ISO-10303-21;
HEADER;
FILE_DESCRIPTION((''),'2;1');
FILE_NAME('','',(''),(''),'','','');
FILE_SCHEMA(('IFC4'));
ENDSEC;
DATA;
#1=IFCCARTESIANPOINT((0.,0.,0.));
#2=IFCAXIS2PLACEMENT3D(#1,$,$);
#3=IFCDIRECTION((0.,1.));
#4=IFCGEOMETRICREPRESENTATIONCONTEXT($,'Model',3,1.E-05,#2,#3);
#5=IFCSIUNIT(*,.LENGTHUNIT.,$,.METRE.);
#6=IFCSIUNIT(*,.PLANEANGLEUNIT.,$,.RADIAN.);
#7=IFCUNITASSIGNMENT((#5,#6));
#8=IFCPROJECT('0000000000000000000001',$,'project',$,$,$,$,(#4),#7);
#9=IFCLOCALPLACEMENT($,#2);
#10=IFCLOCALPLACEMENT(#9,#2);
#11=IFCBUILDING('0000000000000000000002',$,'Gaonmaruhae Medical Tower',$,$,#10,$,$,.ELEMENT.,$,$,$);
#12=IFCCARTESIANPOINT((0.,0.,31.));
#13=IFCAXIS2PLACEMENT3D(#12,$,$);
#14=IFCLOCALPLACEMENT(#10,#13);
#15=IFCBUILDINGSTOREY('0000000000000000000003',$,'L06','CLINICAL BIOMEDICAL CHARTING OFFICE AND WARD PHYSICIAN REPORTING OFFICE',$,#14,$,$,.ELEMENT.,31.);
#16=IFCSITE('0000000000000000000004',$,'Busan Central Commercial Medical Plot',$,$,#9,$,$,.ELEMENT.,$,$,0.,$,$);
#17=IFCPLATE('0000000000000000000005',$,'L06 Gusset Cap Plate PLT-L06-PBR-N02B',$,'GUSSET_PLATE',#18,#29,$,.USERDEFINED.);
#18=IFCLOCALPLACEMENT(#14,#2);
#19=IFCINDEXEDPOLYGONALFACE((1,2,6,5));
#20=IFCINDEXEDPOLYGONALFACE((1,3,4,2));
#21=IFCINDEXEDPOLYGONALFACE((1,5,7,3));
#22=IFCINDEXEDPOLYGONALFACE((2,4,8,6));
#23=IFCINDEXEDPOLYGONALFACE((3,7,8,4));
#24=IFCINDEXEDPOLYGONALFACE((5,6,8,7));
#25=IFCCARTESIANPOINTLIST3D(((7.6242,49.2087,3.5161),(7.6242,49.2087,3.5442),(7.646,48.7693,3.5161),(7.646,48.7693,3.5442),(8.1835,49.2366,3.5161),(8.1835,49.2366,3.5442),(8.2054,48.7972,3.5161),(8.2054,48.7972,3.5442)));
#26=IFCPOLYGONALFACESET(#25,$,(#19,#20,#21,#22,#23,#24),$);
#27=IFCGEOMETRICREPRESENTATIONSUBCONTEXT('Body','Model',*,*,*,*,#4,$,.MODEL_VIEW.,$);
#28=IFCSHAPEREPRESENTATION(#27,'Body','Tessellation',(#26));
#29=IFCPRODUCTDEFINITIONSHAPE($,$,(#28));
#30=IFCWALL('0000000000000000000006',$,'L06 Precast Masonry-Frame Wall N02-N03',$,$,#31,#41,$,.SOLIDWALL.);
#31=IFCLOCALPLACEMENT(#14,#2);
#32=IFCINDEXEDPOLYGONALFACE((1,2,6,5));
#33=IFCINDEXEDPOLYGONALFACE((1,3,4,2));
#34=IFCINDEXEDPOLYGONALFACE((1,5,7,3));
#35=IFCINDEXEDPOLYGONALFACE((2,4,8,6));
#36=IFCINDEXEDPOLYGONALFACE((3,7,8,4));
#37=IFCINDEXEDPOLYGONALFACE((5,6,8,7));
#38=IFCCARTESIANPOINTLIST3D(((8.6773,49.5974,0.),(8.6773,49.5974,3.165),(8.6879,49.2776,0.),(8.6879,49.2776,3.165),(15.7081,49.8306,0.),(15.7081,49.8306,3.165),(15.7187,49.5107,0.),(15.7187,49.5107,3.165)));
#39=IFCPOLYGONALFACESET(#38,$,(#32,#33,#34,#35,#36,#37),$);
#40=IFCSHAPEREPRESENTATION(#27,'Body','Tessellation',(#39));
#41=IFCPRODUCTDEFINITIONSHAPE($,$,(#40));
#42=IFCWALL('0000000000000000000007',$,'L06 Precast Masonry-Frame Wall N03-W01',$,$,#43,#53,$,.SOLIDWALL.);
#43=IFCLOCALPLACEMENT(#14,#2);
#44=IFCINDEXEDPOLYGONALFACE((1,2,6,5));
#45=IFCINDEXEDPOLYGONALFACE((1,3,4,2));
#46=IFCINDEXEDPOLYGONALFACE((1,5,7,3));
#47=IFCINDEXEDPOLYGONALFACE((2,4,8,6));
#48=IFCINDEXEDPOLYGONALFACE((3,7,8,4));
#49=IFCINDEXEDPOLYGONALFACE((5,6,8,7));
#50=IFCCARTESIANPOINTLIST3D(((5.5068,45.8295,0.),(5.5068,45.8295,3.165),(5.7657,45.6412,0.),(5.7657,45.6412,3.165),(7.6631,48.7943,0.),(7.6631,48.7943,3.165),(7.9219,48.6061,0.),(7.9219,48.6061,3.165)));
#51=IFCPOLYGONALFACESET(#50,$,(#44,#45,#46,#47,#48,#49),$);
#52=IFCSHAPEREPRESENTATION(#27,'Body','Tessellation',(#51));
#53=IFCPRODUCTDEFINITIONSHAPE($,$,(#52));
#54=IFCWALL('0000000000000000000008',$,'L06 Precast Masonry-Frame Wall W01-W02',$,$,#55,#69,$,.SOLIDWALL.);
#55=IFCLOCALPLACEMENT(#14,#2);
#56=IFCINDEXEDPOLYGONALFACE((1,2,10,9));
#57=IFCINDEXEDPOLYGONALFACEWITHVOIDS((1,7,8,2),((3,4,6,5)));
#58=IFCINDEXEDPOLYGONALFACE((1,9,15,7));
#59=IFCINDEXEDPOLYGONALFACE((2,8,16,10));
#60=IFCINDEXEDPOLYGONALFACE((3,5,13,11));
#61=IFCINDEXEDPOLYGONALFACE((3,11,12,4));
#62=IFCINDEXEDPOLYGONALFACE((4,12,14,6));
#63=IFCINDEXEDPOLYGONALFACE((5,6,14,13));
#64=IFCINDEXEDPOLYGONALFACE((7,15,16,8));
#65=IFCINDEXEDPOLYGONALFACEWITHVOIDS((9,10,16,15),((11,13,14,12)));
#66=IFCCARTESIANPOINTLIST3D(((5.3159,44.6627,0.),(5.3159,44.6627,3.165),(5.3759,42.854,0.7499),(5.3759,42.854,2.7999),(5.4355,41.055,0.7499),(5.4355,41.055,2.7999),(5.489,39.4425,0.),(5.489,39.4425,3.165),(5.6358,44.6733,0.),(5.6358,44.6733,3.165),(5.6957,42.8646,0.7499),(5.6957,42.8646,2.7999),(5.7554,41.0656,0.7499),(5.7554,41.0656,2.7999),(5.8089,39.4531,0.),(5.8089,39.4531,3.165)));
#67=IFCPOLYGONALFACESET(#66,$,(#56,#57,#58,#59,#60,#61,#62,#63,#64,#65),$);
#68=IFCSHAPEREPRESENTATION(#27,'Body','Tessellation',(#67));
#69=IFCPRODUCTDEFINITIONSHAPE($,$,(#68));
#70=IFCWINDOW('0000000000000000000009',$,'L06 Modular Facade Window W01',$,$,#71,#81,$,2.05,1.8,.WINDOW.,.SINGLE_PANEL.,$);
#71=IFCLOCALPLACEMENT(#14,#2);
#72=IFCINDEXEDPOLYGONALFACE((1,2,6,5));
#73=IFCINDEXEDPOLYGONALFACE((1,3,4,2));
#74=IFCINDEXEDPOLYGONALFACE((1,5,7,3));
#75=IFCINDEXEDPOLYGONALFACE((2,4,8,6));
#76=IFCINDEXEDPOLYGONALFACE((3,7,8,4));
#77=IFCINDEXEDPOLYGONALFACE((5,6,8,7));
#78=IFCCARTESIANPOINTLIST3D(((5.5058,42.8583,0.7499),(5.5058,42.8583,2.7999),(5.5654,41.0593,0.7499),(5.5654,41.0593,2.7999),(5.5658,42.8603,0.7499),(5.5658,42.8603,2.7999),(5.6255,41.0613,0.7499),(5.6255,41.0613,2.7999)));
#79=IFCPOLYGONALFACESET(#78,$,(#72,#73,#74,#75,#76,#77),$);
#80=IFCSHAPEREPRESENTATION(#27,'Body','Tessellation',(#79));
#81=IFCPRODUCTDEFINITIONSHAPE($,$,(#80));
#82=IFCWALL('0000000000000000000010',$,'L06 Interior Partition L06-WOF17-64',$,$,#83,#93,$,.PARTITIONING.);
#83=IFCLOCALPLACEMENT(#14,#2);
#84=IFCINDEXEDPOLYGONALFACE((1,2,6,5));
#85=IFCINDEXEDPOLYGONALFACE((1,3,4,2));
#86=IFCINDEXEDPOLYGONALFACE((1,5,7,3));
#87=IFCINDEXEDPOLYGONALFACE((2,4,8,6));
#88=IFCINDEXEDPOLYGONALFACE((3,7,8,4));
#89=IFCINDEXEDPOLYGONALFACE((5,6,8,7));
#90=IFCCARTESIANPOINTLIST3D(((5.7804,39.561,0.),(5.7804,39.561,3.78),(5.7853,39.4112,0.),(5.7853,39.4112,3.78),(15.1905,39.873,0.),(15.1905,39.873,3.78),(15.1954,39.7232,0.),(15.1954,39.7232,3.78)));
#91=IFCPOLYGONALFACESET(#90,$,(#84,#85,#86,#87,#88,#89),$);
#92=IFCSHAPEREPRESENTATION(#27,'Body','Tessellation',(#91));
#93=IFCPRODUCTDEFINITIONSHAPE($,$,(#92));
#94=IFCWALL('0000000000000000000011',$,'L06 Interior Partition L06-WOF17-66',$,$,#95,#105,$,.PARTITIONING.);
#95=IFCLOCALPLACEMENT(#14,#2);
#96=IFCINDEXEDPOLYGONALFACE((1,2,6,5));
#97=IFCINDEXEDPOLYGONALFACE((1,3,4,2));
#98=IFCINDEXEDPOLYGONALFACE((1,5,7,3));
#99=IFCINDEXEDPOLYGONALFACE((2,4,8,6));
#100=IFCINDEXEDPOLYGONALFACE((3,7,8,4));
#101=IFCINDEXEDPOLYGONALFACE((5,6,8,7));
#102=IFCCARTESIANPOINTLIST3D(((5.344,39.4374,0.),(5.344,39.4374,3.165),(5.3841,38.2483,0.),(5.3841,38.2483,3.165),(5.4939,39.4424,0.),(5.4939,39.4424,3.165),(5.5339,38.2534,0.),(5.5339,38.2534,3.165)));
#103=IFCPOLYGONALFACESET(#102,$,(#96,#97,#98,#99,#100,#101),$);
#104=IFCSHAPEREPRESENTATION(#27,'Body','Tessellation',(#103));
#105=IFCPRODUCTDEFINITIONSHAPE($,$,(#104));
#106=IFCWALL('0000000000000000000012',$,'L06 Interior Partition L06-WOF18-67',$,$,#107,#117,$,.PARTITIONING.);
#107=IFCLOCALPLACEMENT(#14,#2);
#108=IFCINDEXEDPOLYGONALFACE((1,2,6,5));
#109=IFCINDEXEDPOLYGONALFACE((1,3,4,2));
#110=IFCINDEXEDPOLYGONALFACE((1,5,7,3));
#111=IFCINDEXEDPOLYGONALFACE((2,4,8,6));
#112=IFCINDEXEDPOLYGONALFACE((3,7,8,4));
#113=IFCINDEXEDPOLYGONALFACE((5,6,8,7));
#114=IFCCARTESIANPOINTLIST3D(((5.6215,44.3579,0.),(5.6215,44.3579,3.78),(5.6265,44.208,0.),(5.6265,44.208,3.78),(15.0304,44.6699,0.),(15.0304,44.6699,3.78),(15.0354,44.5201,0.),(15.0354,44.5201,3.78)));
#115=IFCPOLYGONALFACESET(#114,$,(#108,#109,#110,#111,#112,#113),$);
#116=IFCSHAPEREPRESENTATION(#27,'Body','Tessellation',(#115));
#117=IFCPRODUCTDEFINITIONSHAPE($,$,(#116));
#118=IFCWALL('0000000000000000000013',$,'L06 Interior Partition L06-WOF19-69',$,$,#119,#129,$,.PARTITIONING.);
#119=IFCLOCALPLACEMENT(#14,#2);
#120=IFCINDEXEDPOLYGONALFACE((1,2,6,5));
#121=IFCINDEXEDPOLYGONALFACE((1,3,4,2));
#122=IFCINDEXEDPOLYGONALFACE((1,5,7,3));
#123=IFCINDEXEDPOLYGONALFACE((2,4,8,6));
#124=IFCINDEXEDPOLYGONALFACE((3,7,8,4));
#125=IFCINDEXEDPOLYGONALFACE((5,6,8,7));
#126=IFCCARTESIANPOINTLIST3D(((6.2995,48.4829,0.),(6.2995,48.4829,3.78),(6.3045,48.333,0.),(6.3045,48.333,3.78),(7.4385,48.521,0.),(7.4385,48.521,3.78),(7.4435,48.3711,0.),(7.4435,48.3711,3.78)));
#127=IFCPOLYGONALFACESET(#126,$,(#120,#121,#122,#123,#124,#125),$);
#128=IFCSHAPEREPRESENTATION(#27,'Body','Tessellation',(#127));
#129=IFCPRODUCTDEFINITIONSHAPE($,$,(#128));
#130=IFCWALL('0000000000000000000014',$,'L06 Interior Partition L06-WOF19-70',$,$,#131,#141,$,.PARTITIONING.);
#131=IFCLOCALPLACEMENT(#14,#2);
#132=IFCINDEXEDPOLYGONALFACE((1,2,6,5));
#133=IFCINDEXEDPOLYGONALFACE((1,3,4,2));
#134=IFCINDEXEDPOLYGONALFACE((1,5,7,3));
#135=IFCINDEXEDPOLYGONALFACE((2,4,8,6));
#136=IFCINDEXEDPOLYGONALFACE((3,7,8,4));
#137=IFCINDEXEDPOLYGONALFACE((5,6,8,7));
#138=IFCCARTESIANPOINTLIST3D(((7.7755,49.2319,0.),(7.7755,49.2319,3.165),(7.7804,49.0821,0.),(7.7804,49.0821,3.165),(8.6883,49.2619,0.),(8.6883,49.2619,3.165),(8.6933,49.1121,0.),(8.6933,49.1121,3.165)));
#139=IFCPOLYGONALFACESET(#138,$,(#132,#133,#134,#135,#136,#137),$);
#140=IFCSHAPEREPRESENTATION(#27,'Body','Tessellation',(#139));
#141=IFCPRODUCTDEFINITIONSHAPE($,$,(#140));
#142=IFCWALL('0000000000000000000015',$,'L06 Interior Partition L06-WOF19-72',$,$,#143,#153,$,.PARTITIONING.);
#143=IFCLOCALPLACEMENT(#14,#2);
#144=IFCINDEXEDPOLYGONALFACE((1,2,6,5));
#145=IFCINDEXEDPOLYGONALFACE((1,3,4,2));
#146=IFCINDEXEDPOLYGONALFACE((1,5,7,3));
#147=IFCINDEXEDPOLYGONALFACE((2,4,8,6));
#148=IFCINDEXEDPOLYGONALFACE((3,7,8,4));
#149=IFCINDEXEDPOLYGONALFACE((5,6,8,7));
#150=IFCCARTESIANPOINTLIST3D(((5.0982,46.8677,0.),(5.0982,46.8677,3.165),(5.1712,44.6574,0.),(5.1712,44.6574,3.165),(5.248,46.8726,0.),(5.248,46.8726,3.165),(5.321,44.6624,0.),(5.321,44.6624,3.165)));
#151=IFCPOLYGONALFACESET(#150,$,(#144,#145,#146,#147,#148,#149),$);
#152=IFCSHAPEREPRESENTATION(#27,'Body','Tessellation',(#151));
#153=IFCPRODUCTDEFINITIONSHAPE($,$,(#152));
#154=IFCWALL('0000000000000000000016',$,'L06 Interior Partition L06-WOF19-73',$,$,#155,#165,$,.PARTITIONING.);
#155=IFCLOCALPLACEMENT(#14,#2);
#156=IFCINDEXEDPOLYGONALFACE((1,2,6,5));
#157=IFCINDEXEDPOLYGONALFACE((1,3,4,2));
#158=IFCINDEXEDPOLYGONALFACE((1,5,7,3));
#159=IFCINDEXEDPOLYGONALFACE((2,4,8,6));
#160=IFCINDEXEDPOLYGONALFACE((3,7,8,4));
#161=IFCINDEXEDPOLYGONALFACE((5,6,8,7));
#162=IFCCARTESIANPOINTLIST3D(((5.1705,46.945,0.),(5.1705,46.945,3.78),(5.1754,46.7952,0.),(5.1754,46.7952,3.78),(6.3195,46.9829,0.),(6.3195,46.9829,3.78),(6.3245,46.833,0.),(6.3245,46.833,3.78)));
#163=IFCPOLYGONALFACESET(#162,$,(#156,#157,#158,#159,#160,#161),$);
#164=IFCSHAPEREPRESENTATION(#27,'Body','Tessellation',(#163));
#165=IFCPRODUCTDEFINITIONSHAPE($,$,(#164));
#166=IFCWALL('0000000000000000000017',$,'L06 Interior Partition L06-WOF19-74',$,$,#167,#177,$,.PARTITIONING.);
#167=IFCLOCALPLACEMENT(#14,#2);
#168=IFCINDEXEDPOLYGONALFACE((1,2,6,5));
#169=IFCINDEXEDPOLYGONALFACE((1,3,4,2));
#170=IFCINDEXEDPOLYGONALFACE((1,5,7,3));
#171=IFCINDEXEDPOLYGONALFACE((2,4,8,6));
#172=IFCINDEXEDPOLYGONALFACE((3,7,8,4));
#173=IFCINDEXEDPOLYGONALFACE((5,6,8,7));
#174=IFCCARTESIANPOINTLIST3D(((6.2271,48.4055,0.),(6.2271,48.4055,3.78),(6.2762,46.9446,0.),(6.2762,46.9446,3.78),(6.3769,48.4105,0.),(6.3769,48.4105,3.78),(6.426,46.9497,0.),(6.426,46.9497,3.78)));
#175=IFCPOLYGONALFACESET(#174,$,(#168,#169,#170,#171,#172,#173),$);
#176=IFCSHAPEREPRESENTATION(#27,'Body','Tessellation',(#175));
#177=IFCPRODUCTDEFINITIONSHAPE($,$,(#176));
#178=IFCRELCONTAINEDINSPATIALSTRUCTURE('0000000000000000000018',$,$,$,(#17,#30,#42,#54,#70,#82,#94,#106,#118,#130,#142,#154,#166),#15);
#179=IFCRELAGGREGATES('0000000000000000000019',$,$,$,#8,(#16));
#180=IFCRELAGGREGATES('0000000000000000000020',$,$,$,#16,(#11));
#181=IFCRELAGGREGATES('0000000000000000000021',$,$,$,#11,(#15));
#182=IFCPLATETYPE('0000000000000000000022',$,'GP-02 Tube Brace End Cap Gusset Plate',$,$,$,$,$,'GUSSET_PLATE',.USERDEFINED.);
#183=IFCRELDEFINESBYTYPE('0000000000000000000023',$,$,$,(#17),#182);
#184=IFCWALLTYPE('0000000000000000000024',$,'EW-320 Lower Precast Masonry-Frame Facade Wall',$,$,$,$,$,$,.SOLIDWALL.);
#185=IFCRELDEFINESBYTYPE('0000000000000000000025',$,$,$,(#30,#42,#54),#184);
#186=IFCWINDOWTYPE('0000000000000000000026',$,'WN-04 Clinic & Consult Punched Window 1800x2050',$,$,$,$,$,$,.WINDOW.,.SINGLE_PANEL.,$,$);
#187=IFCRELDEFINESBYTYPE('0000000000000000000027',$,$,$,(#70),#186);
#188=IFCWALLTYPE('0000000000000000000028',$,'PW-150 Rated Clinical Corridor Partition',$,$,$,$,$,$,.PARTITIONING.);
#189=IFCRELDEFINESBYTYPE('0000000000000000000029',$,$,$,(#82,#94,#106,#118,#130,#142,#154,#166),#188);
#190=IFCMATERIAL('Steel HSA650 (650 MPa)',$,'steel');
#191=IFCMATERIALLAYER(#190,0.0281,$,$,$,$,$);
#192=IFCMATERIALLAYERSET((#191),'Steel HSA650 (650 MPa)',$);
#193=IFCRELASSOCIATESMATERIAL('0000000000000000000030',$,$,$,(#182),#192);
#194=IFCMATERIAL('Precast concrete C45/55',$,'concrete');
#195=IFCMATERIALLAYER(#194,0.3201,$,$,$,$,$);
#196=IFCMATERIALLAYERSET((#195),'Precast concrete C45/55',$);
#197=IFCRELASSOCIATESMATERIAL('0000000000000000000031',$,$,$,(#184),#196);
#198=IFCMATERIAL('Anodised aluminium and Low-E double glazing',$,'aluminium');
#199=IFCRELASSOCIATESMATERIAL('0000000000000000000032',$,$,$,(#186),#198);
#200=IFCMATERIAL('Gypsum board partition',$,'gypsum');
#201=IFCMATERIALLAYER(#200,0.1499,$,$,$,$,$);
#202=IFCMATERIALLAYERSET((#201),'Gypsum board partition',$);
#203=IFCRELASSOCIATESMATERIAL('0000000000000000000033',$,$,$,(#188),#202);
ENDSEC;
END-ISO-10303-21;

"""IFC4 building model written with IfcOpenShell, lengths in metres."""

from ifc_helpers import new_model, si_unit, direction, frame, frame_2d, origin, origin_2d, place, context, subcontext, project, spatial, rectangle, extrude, material, layer, layer_set, type_object, element, fill, save


model = new_model("IFC4")

# Units and contexts
model_context = context("Model", 3, precision=1e-05, world=origin(), true_north=direction((0.0, 1.0)))
body_context = subcontext(model_context, "Body", "Model", "MODEL_VIEW")
ifc_project = project(units=[si_unit("LENGTHUNIT", "METRE"), si_unit("PLANEANGLEUNIT", "RADIAN")], contexts=[model_context])

# Site, building, storey
site_placement = place(None, origin())
site = spatial("IfcSite", under=ifc_project, at=site_placement, Name="Busan Central Commercial Medical Plot", CompositionType="ELEMENT", RefElevation=0.0)
building_placement = place(site_placement, origin())
building = spatial("IfcBuilding", under=site, at=building_placement, Name="Gaonmaruhae Medical Tower", CompositionType="ELEMENT")
storey_placement = place(building_placement, frame((0.0, 0.0, 31.0)))
storey = spatial("IfcBuildingStorey", under=building, at=storey_placement, Name="L06", Description="CLINICAL BIOMEDICAL CHARTING OFFICE AND WARD PHYSICIAN REPORTING OFFICE", CompositionType="ELEMENT", Elevation=31.0)

# Plate
ifc_material_1 = material(Name="Steel HSA650 (650 MPa)", Category="steel")
ifc_layer_1 = layer(ifc_material_1, 0.0281)
ifc_layer_set_1 = layer_set([ifc_layer_1], Name="Steel HSA650 (650 MPa)")
plate_type = type_object("IfcPlateType", Name="GP-02 Tube Brace End Cap Gusset Plate", ElementType="GUSSET_PLATE", PredefinedType="USERDEFINED", material=ifc_layer_set_1)
plate_placement = place(storey_placement, frame((7.9148, 49.0029, 3.5161), z_axis=(0.0, 0.0, 1.0), x_axis=(0.998763, 0.049721, 0.0)))
element("IfcPlate", 1, at=plate_placement, inside=storey, type_object=plate_type, Name="L06 Gusset Cap Plate PLT-L06-PBR-N02B", ObjectType="GUSSET_PLATE", PredefinedType="USERDEFINED", context=body_context, shape_type="SweptSolid", body=[
    extrude(rectangle(XDim=0.5601, YDim=0.4399, at=origin_2d()), origin(), (0.0, 0.0, 1.0), 0.0281),
])

# Walls
ifc_material_2 = material(Name="Precast concrete C45/55", Category="concrete")
ifc_layer_2 = layer(ifc_material_2, 0.3201)
ifc_layer_set_2 = layer_set([ifc_layer_2], Name="Precast concrete C45/55")
wall_type_1 = type_object("IfcWallType", Name="EW-320 Lower Precast Masonry-Frame Facade Wall", PredefinedType="SOLIDWALL", material=ifc_layer_set_2)
wall_1_placement = place(storey_placement, frame((8.6826, 49.4375, 0.0), z_axis=(0.0, 0.0, 1.0), x_axis=(0.999451, 0.033144, 0.0)))
element("IfcWall", 2, at=wall_1_placement, inside=storey, type_object=wall_type_1, Name="L06 Precast Masonry-Frame Wall N02-N03", PredefinedType="SOLIDWALL", context=body_context, shape_type="SweptSolid", body=[
    extrude(rectangle(XDim=7.0347, YDim=0.3201, at=frame_2d((3.5173, 0.0))), origin(), (0.0, 0.0, 1.0), 3.165),
])
wall_2_placement = place(storey_placement, frame((5.6362, 45.7354, 0.0), z_axis=(0.0, 0.0, 1.0), x_axis=(0.588172, 0.808736, 0.0)))
element("IfcWall", 3, at=wall_2_placement, inside=storey, type_object=wall_type_1, Name="L06 Precast Masonry-Frame Wall N03-W01", PredefinedType="SOLIDWALL", context=body_context, shape_type="SweptSolid", body=[
    extrude(rectangle(XDim=3.666, YDim=0.3201, at=frame_2d((1.833, 0.0))), origin(), (0.0, 0.0, 1.0), 3.165),
])

# Wall, opening, window
wall_3_placement = place(storey_placement, frame((5.6489, 39.4478, 0.0), z_axis=(0.0, 0.0, 1.0), x_axis=(-0.033141, 0.999451, 0.0)))
wall_3 = element("IfcWall", 4, at=wall_3_placement, inside=storey, type_object=wall_type_1, Name="L06 Precast Masonry-Frame Wall W01-W02", PredefinedType="SOLIDWALL", context=body_context, shape_type="SweptSolid", body=[
    extrude(rectangle(XDim=5.2231, YDim=0.3201, at=frame_2d((2.6116, 0.0))), origin(), (0.0, 0.0, 1.0), 3.165),
])
opening_placement = place(wall_3_placement, frame((1.6135, 0.0, 0.75)))
opening = element("IfcOpeningElement", 5, at=opening_placement, cuts=wall_3, PredefinedType="OPENING", context=body_context, shape_type="SweptSolid", body=[
    extrude(rectangle(XDim=1.8, YDim=2.05, at=frame_2d((0.8999, 1.0249))), frame((0.0, 0.1699, 0.0), z_axis=(0.0, -1.0, 0.0), x_axis=(1.0, 0.0, 0.0)), (0.0, 0.0, 1.0), 0.3401),
])
ifc_material_3 = material(Name="Anodised aluminium and Low-E double glazing", Category="aluminium")
window_type = type_object("IfcWindowType", Name="WN-04 Clinic & Consult Punched Window 1800x2050", PartitioningType="SINGLE_PANEL", PredefinedType="WINDOW", material=ifc_material_3)
window_placement = place(opening_placement, origin())
window = element("IfcWindow", 6, at=window_placement, inside=storey, type_object=window_type, Name="L06 Modular Facade Window W01", OverallHeight=2.05, OverallWidth=1.8, PartitioningType="SINGLE_PANEL", PredefinedType="WINDOW", context=body_context, shape_type="SweptSolid", body=[
    extrude(rectangle(XDim=1.8, YDim=2.05, at=frame_2d((0.8999, 1.0249))), frame((0.0, 0.03, 0.0), z_axis=(0.0, -1.0, 0.0), x_axis=(1.0, 0.0, 0.0)), (0.0, 0.0, 1.0), 0.0601),
])
fill(opening, window)

# Walls
ifc_material_4 = material(Name="Gypsum board partition", Category="gypsum")
ifc_layer_3 = layer(ifc_material_4, 0.1499)
ifc_layer_set_3 = layer_set([ifc_layer_3], Name="Gypsum board partition")
wall_type_2 = type_object("IfcWallType", Name="PW-150 Rated Clinical Corridor Partition", PredefinedType="PARTITIONING", material=ifc_layer_set_3)
wall_4_placement = place(storey_placement, frame((5.783, 39.4861, 0.0), z_axis=(0.0, 0.0, 1.0), x_axis=(0.999451, 0.033139, 0.0)))
element("IfcWall", 7, at=wall_4_placement, inside=storey, type_object=wall_type_2, Name="L06 Interior Partition L06-WOF17-64", PredefinedType="PARTITIONING", context=body_context, shape_type="SweptSolid", body=[
    extrude(rectangle(XDim=9.4153, YDim=0.1499, at=frame_2d((4.7075, 0.0))), origin(), (0.0, 0.0, 1.0), 3.78),
])
wall_5_placement = place(storey_placement, frame((5.459, 38.251, 0.0), z_axis=(0.0, 0.0, 1.0), x_axis=(-0.033656, 0.999433, 0.0)))
element("IfcWall", 8, at=wall_5_placement, inside=storey, type_object=wall_type_2, Name="L06 Interior Partition L06-WOF17-66", PredefinedType="PARTITIONING", context=body_context, shape_type="SweptSolid", body=[
    extrude(rectangle(XDim=1.1897, YDim=0.1499, at=frame_2d((0.5947, 0.0))), origin(), (0.0, 0.0, 1.0), 3.165),
])
wall_6_placement = place(storey_placement, frame((5.624, 44.283, 0.0), z_axis=(0.0, 0.0, 1.0), x_axis=(0.999451, 0.033143, 0.0)))
element("IfcWall", 9, at=wall_6_placement, inside=storey, type_object=wall_type_2, Name="L06 Interior Partition L06-WOF18-67", PredefinedType="PARTITIONING", context=body_context, shape_type="SweptSolid", body=[
    extrude(rectangle(XDim=9.4141, YDim=0.1499, at=frame_2d((4.707, 0.0))), origin(), (0.0, 0.0, 1.0), 3.78),
])
wall_7_placement = place(storey_placement, frame((6.302, 48.408, 0.0), z_axis=(0.0, 0.0, 1.0), x_axis=(0.999441, 0.033422, 0.0)))
element("IfcWall", 10, at=wall_7_placement, inside=storey, type_object=wall_type_2, Name="L06 Interior Partition L06-WOF19-69", PredefinedType="PARTITIONING", context=body_context, shape_type="SweptSolid", body=[
    extrude(rectangle(XDim=1.1396, YDim=0.1499, at=frame_2d((0.5698, 0.0))), origin(), (0.0, 0.0, 1.0), 3.78),
])
wall_8_placement = place(storey_placement, frame((7.7781, 49.157, 0.0), z_axis=(0.0, 0.0, 1.0), x_axis=(0.999459, 0.032879, 0.0)))
element("IfcWall", 11, at=wall_8_placement, inside=storey, type_object=wall_type_2, Name="L06 Interior Partition L06-WOF19-70", PredefinedType="PARTITIONING", context=body_context, shape_type="SweptSolid", body=[
    extrude(rectangle(XDim=0.9133, YDim=0.1499, at=frame_2d((0.4565, 0.0))), origin(), (0.0, 0.0, 1.0), 3.165),
])
wall_9_placement = place(storey_placement, frame((5.2461, 44.6599, 0.0), z_axis=(0.0, 0.0, 1.0), x_axis=(-0.03301, 0.999455, 0.0)))
element("IfcWall", 12, at=wall_9_placement, inside=storey, type_object=wall_type_2, Name="L06 Interior Partition L06-WOF19-72", PredefinedType="PARTITIONING", context=body_context, shape_type="SweptSolid", body=[
    extrude(rectangle(XDim=2.2114, YDim=0.1499, at=frame_2d((1.1057, 0.0))), origin(), (0.0, 0.0, 1.0), 3.165),
])
wall_10_placement = place(storey_placement, frame((5.1731, 46.8701, 0.0), z_axis=(0.0, 0.0, 1.0), x_axis=(0.999458, 0.032919, 0.0)))
element("IfcWall", 13, at=wall_10_placement, inside=storey, type_object=wall_type_2, Name="L06 Interior Partition L06-WOF19-73", PredefinedType="PARTITIONING", context=body_context, shape_type="SweptSolid", body=[
    extrude(rectangle(XDim=1.1497, YDim=0.1499, at=frame_2d((0.5747, 0.0))), origin(), (0.0, 0.0, 1.0), 3.78),
])
wall_11_placement = place(storey_placement, frame((6.3511, 46.947, 0.0), z_axis=(0.0, 0.0, 1.0), x_axis=(-0.033571, 0.999436, 0.0)))
element("IfcWall", 14, at=wall_11_placement, inside=storey, type_object=wall_type_2, Name="L06 Interior Partition L06-WOF19-74", PredefinedType="PARTITIONING", context=body_context, shape_type="SweptSolid", body=[
    extrude(rectangle(XDim=1.4617, YDim=0.1499, at=frame_2d((0.731, 0.0))), origin(), (0.0, 0.0, 1.0), 3.78),
])

save(model, "model.ifc")
